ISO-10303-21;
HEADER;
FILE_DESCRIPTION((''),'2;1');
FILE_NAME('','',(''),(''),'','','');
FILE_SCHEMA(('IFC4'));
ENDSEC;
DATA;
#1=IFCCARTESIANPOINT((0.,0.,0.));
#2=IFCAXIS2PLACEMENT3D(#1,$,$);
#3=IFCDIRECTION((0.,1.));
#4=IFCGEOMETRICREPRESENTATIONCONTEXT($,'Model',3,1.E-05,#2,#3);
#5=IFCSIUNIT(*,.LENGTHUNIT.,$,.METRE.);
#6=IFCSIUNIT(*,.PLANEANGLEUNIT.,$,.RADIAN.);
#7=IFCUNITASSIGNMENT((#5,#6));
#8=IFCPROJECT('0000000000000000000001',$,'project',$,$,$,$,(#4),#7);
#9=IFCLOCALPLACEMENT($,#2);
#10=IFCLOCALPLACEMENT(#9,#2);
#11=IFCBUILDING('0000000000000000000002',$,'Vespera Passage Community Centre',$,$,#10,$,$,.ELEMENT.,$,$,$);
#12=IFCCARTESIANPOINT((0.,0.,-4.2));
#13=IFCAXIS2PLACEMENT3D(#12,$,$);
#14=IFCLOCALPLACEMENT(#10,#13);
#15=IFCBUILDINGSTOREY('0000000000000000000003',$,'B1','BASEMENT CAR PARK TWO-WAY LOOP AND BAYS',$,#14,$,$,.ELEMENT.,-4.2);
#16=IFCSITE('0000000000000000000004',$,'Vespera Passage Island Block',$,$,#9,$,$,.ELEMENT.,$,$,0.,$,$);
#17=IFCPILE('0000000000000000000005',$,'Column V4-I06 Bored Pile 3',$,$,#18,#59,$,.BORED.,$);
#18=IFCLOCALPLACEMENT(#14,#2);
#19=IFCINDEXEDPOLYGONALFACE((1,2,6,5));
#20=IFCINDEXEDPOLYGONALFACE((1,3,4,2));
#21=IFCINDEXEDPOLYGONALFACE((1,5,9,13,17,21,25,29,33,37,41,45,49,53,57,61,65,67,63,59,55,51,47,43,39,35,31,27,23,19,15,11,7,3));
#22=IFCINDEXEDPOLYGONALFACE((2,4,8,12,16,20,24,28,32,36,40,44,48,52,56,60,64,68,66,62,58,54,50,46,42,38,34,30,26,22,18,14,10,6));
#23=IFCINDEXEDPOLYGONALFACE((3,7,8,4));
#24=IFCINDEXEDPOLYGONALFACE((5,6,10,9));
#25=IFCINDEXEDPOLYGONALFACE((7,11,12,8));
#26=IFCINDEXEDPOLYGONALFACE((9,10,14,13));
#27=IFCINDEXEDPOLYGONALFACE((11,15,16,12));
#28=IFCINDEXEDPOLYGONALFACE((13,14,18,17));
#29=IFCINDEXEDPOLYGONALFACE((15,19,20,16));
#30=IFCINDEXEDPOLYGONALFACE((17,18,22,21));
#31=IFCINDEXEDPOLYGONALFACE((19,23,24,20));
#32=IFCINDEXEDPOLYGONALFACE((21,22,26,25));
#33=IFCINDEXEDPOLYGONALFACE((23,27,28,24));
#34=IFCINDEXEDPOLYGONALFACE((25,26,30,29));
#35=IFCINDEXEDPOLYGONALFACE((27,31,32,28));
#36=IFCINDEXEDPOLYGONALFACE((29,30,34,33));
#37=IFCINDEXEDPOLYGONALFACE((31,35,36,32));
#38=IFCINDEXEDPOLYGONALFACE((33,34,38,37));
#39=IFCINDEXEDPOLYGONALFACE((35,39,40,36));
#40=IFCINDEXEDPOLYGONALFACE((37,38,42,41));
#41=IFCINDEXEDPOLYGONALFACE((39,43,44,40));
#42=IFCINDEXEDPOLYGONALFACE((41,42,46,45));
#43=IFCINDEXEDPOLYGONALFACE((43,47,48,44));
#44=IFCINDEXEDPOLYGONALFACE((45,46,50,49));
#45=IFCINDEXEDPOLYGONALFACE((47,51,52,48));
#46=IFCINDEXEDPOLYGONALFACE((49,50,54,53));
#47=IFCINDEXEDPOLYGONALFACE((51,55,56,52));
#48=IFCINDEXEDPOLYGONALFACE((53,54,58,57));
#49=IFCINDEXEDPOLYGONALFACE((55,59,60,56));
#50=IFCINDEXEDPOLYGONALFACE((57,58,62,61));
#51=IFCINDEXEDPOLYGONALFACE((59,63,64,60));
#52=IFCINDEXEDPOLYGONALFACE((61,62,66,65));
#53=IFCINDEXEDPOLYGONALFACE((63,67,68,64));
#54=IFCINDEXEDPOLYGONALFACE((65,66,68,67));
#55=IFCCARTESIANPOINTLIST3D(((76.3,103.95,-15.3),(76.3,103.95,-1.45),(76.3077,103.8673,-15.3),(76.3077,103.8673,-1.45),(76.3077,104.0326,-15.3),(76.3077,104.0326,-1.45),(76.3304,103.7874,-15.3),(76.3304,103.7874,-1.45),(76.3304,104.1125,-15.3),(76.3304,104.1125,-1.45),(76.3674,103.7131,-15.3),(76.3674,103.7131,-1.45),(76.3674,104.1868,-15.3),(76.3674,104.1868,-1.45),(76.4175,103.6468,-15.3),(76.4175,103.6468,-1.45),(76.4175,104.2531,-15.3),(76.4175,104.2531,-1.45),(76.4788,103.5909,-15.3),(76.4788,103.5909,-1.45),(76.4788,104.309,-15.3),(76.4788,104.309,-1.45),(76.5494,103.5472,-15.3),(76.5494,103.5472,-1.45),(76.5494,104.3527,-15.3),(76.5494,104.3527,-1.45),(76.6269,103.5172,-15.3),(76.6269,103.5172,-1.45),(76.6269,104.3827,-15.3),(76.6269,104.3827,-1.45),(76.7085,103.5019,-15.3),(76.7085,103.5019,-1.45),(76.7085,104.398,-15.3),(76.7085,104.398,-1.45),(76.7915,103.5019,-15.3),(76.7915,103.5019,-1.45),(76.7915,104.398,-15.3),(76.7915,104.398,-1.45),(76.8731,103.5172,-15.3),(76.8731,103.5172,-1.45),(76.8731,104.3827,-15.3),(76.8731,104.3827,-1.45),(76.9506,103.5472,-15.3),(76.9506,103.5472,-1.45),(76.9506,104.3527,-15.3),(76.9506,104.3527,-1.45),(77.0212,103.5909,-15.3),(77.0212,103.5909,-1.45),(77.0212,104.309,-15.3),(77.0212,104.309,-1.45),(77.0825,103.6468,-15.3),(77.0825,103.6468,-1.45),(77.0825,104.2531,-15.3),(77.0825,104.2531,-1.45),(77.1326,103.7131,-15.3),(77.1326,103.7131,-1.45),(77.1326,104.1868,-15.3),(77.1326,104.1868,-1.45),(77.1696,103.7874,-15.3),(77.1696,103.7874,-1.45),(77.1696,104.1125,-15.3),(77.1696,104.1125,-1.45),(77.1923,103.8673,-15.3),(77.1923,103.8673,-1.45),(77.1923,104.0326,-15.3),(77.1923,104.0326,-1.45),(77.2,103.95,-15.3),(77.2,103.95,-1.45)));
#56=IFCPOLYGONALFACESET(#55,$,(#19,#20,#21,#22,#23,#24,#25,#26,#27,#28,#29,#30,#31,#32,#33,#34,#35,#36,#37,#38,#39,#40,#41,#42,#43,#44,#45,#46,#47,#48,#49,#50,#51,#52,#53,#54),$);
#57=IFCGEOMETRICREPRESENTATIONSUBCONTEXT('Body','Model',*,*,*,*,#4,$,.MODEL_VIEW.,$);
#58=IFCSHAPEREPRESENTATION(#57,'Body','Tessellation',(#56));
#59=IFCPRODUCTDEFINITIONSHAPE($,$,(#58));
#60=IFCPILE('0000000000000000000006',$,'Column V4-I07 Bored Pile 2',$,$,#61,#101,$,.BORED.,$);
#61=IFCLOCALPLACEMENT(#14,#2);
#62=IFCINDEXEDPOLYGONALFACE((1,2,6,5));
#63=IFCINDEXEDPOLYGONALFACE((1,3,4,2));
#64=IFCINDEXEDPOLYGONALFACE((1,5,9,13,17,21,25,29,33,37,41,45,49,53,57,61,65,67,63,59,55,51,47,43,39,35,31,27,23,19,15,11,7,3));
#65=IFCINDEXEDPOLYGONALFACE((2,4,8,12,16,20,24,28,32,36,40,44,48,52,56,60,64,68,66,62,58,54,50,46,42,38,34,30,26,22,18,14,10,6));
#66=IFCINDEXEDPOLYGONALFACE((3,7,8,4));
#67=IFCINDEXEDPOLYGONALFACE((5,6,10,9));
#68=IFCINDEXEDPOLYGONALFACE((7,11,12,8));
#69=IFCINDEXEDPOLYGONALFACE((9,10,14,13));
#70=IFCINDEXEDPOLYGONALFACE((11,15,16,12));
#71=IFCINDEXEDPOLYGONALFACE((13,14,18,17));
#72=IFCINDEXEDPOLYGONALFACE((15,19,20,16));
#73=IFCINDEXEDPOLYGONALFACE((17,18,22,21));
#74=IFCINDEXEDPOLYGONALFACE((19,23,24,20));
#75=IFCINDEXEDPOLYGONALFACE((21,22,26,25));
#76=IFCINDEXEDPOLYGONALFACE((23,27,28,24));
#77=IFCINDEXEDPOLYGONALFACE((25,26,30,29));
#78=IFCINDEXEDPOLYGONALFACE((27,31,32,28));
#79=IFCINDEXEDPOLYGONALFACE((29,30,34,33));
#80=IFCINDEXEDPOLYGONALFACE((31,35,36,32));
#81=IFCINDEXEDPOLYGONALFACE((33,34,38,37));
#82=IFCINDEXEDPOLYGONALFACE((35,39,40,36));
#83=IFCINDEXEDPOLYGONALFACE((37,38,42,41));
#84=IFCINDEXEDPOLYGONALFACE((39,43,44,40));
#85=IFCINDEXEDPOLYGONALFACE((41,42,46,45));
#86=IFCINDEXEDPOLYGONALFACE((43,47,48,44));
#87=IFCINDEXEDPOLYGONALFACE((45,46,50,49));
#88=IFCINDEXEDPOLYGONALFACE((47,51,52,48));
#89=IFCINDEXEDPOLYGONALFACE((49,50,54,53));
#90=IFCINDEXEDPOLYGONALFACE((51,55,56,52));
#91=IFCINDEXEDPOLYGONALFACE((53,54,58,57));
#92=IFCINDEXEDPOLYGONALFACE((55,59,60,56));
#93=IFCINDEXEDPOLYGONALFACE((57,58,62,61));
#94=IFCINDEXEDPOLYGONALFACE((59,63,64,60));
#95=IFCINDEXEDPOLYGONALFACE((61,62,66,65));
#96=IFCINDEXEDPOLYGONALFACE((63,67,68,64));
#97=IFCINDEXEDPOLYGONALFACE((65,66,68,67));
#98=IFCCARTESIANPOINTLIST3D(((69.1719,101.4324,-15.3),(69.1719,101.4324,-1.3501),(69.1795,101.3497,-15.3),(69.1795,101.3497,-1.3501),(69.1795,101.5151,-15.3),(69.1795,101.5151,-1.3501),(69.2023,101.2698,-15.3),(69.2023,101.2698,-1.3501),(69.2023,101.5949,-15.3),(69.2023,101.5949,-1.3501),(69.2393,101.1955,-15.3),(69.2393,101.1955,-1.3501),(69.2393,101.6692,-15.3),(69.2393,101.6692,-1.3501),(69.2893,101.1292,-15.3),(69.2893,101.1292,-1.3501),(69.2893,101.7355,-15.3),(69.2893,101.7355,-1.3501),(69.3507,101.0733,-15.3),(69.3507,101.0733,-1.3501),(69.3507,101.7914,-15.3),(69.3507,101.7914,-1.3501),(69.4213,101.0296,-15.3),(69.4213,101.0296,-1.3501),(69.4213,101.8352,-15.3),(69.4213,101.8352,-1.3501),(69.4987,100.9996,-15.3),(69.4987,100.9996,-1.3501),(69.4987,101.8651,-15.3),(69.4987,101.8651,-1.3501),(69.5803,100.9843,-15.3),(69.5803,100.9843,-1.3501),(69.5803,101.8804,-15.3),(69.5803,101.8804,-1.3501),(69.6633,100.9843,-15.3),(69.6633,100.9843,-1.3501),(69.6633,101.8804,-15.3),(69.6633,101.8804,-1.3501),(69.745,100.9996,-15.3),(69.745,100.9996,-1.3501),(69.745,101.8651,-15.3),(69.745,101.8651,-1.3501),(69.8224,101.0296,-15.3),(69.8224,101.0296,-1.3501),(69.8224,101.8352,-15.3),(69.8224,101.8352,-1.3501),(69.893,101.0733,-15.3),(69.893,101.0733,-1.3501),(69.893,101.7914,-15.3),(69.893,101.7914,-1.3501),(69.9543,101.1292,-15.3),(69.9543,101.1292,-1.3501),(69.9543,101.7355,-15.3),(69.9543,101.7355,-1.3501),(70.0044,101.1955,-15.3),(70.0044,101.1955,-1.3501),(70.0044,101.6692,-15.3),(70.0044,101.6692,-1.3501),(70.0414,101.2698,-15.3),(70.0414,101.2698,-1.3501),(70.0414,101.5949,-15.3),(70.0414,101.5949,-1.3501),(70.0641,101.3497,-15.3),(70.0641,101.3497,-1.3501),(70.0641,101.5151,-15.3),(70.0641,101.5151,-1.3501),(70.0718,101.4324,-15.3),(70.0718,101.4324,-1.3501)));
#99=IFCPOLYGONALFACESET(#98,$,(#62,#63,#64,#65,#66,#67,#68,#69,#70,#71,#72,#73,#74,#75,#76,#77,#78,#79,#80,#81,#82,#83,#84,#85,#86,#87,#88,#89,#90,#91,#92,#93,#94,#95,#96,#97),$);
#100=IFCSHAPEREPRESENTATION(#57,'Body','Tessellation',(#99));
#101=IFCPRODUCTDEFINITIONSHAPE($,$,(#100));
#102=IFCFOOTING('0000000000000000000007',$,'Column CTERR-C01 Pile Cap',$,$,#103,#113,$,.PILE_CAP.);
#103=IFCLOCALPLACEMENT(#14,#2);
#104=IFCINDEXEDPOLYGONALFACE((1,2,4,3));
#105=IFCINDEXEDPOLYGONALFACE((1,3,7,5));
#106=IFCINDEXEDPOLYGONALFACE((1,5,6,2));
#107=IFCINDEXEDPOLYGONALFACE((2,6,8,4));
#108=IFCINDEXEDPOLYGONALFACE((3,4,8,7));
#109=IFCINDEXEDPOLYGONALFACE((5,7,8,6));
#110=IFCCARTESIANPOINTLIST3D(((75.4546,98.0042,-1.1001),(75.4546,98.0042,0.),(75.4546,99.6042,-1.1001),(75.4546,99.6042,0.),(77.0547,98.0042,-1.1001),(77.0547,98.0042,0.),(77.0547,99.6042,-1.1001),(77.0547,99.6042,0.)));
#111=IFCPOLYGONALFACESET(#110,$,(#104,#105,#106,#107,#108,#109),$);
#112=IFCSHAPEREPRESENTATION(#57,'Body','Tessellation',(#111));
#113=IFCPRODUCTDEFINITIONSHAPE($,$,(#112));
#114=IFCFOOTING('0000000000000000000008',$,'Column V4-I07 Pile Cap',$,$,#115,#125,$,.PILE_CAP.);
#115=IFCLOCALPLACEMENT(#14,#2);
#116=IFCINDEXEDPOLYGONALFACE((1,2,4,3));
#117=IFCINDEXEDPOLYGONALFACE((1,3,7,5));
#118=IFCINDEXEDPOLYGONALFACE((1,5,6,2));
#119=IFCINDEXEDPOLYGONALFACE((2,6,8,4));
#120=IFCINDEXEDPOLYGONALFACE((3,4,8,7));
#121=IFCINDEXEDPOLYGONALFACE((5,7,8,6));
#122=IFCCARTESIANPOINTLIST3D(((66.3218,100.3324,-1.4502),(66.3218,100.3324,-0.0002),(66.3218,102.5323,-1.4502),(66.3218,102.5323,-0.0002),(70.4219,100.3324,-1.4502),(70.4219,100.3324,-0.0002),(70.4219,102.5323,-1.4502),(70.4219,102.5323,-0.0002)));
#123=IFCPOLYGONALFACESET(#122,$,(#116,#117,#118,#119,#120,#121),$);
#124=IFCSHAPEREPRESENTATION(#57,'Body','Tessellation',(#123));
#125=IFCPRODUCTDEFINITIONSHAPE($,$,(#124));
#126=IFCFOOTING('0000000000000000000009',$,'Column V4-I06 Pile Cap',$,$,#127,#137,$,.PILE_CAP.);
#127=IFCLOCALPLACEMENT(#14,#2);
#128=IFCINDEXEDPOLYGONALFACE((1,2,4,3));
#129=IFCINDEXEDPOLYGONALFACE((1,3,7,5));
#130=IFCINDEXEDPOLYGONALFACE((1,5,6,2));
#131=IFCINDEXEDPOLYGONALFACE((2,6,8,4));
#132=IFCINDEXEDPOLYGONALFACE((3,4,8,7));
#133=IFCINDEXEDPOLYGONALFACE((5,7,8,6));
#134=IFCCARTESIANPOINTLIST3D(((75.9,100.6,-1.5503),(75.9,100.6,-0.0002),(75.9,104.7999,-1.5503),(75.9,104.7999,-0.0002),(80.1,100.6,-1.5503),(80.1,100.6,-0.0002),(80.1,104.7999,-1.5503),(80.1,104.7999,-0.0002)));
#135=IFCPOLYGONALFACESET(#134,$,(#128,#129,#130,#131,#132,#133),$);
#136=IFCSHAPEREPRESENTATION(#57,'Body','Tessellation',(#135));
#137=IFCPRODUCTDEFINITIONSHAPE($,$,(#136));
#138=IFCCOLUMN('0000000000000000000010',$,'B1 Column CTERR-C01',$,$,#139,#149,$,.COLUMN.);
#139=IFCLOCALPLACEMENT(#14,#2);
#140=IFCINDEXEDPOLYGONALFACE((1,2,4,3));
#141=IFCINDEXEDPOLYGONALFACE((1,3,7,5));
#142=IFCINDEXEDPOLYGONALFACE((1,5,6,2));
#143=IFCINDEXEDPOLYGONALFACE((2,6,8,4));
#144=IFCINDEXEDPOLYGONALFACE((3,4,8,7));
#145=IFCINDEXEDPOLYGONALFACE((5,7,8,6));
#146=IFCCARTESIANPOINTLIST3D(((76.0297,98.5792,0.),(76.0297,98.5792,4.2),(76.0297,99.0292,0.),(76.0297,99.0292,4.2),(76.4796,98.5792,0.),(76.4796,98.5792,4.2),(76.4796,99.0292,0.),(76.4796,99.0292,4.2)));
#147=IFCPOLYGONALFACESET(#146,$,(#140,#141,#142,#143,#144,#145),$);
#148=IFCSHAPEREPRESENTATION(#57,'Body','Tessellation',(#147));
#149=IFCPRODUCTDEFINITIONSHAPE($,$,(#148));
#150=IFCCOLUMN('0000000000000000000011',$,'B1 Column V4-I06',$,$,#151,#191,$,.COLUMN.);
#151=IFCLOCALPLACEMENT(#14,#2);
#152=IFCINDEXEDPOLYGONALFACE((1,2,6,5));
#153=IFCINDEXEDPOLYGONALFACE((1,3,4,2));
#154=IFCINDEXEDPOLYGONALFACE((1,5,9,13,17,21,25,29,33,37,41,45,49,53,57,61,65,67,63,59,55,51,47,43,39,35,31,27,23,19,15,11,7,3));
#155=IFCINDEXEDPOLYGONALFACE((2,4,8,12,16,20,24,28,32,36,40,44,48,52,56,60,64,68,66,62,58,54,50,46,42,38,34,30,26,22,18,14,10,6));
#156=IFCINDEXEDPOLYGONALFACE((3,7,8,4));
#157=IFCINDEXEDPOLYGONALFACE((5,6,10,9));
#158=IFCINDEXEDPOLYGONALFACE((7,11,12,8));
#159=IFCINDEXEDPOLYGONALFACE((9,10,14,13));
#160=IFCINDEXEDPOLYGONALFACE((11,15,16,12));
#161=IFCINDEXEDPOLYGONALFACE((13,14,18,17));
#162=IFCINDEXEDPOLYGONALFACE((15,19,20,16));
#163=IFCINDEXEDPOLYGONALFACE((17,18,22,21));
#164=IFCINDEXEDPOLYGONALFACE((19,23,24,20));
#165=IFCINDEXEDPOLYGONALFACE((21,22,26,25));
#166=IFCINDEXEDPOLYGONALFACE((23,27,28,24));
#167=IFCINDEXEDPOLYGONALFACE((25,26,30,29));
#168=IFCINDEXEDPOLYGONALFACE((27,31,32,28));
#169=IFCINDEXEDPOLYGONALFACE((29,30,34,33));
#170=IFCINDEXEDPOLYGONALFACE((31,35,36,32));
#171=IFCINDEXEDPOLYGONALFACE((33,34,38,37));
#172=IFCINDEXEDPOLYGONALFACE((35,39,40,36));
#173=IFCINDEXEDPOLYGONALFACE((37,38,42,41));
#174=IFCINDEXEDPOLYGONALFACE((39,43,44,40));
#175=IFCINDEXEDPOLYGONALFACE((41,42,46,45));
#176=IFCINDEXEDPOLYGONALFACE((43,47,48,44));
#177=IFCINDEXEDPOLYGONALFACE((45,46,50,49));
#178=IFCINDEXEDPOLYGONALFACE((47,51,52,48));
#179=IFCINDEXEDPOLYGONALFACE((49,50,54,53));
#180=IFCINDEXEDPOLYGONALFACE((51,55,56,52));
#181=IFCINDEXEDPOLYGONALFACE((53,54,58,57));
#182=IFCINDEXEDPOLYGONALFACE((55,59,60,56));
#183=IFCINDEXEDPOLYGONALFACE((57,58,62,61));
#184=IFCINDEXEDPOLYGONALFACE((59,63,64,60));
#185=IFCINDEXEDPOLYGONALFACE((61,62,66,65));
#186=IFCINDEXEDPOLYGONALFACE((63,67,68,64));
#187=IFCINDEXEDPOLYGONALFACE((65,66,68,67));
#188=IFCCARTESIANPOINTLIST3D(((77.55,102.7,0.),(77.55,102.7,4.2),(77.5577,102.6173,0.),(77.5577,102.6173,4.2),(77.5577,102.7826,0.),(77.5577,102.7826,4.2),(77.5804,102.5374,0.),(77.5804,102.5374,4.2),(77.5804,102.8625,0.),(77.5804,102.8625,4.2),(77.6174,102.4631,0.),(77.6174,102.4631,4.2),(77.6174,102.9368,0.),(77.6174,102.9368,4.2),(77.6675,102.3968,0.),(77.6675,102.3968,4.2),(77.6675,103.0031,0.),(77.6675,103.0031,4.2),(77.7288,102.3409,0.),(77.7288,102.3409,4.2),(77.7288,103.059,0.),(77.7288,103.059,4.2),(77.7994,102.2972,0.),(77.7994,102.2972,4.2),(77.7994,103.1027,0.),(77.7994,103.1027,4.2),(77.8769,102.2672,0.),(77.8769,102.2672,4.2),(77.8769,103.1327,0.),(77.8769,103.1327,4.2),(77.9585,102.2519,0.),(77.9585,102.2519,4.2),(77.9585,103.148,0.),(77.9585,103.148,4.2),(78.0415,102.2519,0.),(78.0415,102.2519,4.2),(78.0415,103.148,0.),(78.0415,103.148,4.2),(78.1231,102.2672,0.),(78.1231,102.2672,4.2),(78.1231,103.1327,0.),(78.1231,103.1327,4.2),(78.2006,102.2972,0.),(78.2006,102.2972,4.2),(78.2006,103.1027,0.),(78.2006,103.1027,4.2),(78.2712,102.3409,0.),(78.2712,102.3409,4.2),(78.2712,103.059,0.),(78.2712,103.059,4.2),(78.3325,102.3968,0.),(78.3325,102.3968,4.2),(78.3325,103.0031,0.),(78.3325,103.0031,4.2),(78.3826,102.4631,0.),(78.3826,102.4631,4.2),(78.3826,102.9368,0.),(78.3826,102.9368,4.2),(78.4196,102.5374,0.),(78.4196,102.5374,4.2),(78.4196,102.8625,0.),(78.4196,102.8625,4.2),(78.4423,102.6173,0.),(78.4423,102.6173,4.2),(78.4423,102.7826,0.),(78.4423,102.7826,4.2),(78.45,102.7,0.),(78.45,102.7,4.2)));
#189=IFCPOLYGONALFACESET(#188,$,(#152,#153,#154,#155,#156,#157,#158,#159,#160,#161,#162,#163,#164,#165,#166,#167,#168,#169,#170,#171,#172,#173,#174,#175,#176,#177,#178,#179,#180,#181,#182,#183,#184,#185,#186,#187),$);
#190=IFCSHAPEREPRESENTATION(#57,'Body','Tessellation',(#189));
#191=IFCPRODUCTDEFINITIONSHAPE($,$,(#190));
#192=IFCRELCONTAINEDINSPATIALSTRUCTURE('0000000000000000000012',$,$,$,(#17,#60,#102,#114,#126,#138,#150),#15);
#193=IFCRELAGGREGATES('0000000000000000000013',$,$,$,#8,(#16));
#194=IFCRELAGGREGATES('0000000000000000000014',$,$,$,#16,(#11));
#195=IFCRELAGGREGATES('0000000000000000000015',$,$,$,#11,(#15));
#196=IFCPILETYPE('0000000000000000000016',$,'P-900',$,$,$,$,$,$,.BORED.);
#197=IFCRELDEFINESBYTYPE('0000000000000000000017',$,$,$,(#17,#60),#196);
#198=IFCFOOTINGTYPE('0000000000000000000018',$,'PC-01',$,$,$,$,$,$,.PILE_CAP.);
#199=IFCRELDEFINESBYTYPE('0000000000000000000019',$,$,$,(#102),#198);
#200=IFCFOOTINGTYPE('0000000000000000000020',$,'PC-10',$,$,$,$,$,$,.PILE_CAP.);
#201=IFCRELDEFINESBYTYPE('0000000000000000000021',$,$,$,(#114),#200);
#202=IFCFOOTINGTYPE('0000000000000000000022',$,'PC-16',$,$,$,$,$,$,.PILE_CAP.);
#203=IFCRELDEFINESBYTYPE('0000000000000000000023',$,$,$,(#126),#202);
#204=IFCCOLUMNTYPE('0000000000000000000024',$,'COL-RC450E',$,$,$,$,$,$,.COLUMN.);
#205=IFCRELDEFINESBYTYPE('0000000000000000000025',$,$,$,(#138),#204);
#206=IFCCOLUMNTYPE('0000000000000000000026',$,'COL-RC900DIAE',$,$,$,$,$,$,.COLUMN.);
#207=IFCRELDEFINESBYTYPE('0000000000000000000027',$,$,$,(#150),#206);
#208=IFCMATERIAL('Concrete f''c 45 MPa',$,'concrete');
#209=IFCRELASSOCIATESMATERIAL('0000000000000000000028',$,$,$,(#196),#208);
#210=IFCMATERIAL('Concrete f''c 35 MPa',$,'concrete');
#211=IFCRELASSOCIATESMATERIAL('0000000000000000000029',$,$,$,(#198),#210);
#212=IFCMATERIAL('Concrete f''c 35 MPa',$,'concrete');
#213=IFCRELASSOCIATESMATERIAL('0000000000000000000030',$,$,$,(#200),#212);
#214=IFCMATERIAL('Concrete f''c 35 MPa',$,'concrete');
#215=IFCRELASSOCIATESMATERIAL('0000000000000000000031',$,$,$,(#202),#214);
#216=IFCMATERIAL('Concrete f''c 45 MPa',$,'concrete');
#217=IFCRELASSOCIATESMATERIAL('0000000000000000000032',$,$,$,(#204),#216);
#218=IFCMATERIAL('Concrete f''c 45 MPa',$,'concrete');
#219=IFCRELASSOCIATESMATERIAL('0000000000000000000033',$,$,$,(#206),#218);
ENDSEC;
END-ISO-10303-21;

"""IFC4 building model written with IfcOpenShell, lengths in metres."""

from ifc_helpers import new_model, si_unit, direction, frame, origin, origin_2d, place, context, subcontext, project, spatial, rectangle, circle, extrude, material, material_profile, profile_set, type_object, element, save


model = new_model("IFC4")

# Units and contexts
model_context = context("Model", 3, precision=1e-05, world=origin(), true_north=direction((0.0, 1.0)))
body_context = subcontext(model_context, "Body", "Model", "MODEL_VIEW")
ifc_project = project(units=[si_unit("LENGTHUNIT", "METRE"), si_unit("PLANEANGLEUNIT", "RADIAN")], contexts=[model_context])

# Site, building, storey
site_placement = place(None, origin())
site = spatial("IfcSite", under=ifc_project, at=site_placement, Name="Vespera Passage Island Block", CompositionType="ELEMENT", RefElevation=0.0)
building_placement = place(site_placement, origin())
building = spatial("IfcBuilding", under=site, at=building_placement, Name="Vespera Passage Community Centre", CompositionType="ELEMENT")
storey_placement = place(building_placement, frame((0.0, 0.0, -4.2)))
storey = spatial("IfcBuildingStorey", under=building, at=storey_placement, Name="B1", Description="BASEMENT CAR PARK TWO-WAY LOOP AND BAYS", CompositionType="ELEMENT", Elevation=-4.2)

# Piles
ifc_material_1 = material(Name="Concrete f'c 45 MPa", Category="concrete")
ifc_material_profile_1 = material_profile(ifc_material_1, circle(Radius=0.45, at=origin_2d()), Name="PILE900DIA")
ifc_profile_set_1 = profile_set([ifc_material_profile_1], Name="Concrete f'c 45 MPa")
pile_type_1 = type_object("IfcPileType", Name="P-900", PredefinedType="BORED", material=ifc_profile_set_1)
for number, where, z_axis, x_axis, name in (
    (1, (76.75, 103.95, -1.45), (0.0, 0.0, -1.0), (1.0, 0.0, 0.0), "Column V4-I06 Bored Pile 3"),
):
    element("IfcPile", number, at=place(storey_placement, frame(where, z_axis=z_axis, x_axis=x_axis)), inside=storey, type_object=pile_type_1, Name=name, PredefinedType="BORED", context=body_context, shape_type="SweptSolid", body=[
        extrude(circle(Radius=0.45, at=origin_2d()), origin(), (0.0, 0.0, 1.0), 13.8501),
    ])
pile_1_placement = place(storey_placement, frame((69.6218, 101.4324, -1.3501), z_axis=(0.0, 0.0, -1.0), x_axis=(1.0, 0.0, 0.0)))
element("IfcPile", 2, at=pile_1_placement, inside=storey, type_object=pile_type_1, Name="Column V4-I07 Bored Pile 2", PredefinedType="BORED", context=body_context, shape_type="SweptSolid", body=[
    extrude(circle(Radius=0.45, at=origin_2d()), origin(), (0.0, 0.0, 1.0), 13.95),
])

# Footings
ifc_material_2 = material(Name="Concrete f'c 35 MPa", Category="concrete")
footing_type_1 = type_object("IfcFootingType", Name="PC-01", PredefinedType="PILE_CAP", material=ifc_material_2)
footing_1_placement = place(storey_placement, frame((76.2546, 98.8042, -1.1001), z_axis=(0.0, 0.0, 1.0), x_axis=(1.0, 0.0, 0.0)))
element("IfcFooting", 3, at=footing_1_placement, inside=storey, type_object=footing_type_1, Name="Column CTERR-C01 Pile Cap", PredefinedType="PILE_CAP", context=body_context, shape_type="SweptSolid", body=[
    extrude(rectangle(XDim=1.6001, YDim=1.6001, at=origin_2d()), origin(), (0.0, 0.0, 1.0), 1.1001),
])
ifc_material_3 = material(Name="Concrete f'c 35 MPa", Category="concrete")
footing_type_2 = type_object("IfcFootingType", Name="PC-10", PredefinedType="PILE_CAP", material=ifc_material_3)
footing_2_placement = place(storey_placement, frame((68.3718, 101.4324, -1.4502), z_axis=(0.0, 0.0, 1.0), x_axis=(1.0, 0.0, 0.0)))
element("IfcFooting", 4, at=footing_2_placement, inside=storey, type_object=footing_type_2, Name="Column V4-I07 Pile Cap", PredefinedType="PILE_CAP", context=body_context, shape_type="SweptSolid", body=[
    extrude(rectangle(XDim=4.1001, YDim=2.2, at=origin_2d()), origin(), (0.0, 0.0, 1.0), 1.45),
])
ifc_material_4 = material(Name="Concrete f'c 35 MPa", Category="concrete")
footing_type_3 = type_object("IfcFootingType", Name="PC-16", PredefinedType="PILE_CAP", material=ifc_material_4)
footing_3_placement = place(storey_placement, frame((78.0, 102.7, -1.5503), z_axis=(0.0, 0.0, 1.0), x_axis=(1.0, 0.0, 0.0)))
element("IfcFooting", 5, at=footing_3_placement, inside=storey, type_object=footing_type_3, Name="Column V4-I06 Pile Cap", PredefinedType="PILE_CAP", context=body_context, shape_type="SweptSolid", body=[
    extrude(rectangle(XDim=4.2, YDim=4.2, at=origin_2d()), origin(), (0.0, 0.0, 1.0), 1.55),
])

# Columns
ifc_material_5 = material(Name="Concrete f'c 45 MPa", Category="concrete")
ifc_material_profile_2 = material_profile(ifc_material_5, rectangle(XDim=0.45, YDim=0.45, at=origin_2d()), Name="RC450X450")
ifc_profile_set_2 = profile_set([ifc_material_profile_2], Name="Concrete f'c 45 MPa")
column_type_1 = type_object("IfcColumnType", Name="COL-RC450E", PredefinedType="COLUMN", material=ifc_profile_set_2)
column_placement = place(storey_placement, frame((76.2546, 98.8042, 0.0), z_axis=(0.0, 0.0, 1.0), x_axis=(1.0, 0.0, 0.0)))
element("IfcColumn", 6, at=column_placement, inside=storey, type_object=column_type_1, Name="B1 Column CTERR-C01", PredefinedType="COLUMN", context=body_context, shape_type="SweptSolid", body=[
    extrude(rectangle(XDim=0.45, YDim=0.45, at=origin_2d()), origin(), (0.0, 0.0, 1.0), 4.2),
])
ifc_material_6 = material(Name="Concrete f'c 45 MPa", Category="concrete")
ifc_material_profile_3 = material_profile(ifc_material_6, circle(Radius=0.45, at=origin_2d()), Name="RC900DIA")
ifc_profile_set_3 = profile_set([ifc_material_profile_3], Name="Concrete f'c 45 MPa")
column_type_2 = type_object("IfcColumnType", Name="COL-RC900DIAE", PredefinedType="COLUMN", material=ifc_profile_set_3)
for number, where, z_axis, x_axis, name in (
    (7, (78.0, 102.7, 0.0), (0.0, 0.0, 1.0), (1.0, 0.0, 0.0), "B1 Column V4-I06"),
):
    element("IfcColumn", number, at=place(storey_placement, frame(where, z_axis=z_axis, x_axis=x_axis)), inside=storey, type_object=column_type_2, Name=name, PredefinedType="COLUMN", context=body_context, shape_type="SweptSolid", body=[
        extrude(circle(Radius=0.45, at=origin_2d()), origin(), (0.0, 0.0, 1.0), 4.2),
    ])

save(model, "model.ifc")
